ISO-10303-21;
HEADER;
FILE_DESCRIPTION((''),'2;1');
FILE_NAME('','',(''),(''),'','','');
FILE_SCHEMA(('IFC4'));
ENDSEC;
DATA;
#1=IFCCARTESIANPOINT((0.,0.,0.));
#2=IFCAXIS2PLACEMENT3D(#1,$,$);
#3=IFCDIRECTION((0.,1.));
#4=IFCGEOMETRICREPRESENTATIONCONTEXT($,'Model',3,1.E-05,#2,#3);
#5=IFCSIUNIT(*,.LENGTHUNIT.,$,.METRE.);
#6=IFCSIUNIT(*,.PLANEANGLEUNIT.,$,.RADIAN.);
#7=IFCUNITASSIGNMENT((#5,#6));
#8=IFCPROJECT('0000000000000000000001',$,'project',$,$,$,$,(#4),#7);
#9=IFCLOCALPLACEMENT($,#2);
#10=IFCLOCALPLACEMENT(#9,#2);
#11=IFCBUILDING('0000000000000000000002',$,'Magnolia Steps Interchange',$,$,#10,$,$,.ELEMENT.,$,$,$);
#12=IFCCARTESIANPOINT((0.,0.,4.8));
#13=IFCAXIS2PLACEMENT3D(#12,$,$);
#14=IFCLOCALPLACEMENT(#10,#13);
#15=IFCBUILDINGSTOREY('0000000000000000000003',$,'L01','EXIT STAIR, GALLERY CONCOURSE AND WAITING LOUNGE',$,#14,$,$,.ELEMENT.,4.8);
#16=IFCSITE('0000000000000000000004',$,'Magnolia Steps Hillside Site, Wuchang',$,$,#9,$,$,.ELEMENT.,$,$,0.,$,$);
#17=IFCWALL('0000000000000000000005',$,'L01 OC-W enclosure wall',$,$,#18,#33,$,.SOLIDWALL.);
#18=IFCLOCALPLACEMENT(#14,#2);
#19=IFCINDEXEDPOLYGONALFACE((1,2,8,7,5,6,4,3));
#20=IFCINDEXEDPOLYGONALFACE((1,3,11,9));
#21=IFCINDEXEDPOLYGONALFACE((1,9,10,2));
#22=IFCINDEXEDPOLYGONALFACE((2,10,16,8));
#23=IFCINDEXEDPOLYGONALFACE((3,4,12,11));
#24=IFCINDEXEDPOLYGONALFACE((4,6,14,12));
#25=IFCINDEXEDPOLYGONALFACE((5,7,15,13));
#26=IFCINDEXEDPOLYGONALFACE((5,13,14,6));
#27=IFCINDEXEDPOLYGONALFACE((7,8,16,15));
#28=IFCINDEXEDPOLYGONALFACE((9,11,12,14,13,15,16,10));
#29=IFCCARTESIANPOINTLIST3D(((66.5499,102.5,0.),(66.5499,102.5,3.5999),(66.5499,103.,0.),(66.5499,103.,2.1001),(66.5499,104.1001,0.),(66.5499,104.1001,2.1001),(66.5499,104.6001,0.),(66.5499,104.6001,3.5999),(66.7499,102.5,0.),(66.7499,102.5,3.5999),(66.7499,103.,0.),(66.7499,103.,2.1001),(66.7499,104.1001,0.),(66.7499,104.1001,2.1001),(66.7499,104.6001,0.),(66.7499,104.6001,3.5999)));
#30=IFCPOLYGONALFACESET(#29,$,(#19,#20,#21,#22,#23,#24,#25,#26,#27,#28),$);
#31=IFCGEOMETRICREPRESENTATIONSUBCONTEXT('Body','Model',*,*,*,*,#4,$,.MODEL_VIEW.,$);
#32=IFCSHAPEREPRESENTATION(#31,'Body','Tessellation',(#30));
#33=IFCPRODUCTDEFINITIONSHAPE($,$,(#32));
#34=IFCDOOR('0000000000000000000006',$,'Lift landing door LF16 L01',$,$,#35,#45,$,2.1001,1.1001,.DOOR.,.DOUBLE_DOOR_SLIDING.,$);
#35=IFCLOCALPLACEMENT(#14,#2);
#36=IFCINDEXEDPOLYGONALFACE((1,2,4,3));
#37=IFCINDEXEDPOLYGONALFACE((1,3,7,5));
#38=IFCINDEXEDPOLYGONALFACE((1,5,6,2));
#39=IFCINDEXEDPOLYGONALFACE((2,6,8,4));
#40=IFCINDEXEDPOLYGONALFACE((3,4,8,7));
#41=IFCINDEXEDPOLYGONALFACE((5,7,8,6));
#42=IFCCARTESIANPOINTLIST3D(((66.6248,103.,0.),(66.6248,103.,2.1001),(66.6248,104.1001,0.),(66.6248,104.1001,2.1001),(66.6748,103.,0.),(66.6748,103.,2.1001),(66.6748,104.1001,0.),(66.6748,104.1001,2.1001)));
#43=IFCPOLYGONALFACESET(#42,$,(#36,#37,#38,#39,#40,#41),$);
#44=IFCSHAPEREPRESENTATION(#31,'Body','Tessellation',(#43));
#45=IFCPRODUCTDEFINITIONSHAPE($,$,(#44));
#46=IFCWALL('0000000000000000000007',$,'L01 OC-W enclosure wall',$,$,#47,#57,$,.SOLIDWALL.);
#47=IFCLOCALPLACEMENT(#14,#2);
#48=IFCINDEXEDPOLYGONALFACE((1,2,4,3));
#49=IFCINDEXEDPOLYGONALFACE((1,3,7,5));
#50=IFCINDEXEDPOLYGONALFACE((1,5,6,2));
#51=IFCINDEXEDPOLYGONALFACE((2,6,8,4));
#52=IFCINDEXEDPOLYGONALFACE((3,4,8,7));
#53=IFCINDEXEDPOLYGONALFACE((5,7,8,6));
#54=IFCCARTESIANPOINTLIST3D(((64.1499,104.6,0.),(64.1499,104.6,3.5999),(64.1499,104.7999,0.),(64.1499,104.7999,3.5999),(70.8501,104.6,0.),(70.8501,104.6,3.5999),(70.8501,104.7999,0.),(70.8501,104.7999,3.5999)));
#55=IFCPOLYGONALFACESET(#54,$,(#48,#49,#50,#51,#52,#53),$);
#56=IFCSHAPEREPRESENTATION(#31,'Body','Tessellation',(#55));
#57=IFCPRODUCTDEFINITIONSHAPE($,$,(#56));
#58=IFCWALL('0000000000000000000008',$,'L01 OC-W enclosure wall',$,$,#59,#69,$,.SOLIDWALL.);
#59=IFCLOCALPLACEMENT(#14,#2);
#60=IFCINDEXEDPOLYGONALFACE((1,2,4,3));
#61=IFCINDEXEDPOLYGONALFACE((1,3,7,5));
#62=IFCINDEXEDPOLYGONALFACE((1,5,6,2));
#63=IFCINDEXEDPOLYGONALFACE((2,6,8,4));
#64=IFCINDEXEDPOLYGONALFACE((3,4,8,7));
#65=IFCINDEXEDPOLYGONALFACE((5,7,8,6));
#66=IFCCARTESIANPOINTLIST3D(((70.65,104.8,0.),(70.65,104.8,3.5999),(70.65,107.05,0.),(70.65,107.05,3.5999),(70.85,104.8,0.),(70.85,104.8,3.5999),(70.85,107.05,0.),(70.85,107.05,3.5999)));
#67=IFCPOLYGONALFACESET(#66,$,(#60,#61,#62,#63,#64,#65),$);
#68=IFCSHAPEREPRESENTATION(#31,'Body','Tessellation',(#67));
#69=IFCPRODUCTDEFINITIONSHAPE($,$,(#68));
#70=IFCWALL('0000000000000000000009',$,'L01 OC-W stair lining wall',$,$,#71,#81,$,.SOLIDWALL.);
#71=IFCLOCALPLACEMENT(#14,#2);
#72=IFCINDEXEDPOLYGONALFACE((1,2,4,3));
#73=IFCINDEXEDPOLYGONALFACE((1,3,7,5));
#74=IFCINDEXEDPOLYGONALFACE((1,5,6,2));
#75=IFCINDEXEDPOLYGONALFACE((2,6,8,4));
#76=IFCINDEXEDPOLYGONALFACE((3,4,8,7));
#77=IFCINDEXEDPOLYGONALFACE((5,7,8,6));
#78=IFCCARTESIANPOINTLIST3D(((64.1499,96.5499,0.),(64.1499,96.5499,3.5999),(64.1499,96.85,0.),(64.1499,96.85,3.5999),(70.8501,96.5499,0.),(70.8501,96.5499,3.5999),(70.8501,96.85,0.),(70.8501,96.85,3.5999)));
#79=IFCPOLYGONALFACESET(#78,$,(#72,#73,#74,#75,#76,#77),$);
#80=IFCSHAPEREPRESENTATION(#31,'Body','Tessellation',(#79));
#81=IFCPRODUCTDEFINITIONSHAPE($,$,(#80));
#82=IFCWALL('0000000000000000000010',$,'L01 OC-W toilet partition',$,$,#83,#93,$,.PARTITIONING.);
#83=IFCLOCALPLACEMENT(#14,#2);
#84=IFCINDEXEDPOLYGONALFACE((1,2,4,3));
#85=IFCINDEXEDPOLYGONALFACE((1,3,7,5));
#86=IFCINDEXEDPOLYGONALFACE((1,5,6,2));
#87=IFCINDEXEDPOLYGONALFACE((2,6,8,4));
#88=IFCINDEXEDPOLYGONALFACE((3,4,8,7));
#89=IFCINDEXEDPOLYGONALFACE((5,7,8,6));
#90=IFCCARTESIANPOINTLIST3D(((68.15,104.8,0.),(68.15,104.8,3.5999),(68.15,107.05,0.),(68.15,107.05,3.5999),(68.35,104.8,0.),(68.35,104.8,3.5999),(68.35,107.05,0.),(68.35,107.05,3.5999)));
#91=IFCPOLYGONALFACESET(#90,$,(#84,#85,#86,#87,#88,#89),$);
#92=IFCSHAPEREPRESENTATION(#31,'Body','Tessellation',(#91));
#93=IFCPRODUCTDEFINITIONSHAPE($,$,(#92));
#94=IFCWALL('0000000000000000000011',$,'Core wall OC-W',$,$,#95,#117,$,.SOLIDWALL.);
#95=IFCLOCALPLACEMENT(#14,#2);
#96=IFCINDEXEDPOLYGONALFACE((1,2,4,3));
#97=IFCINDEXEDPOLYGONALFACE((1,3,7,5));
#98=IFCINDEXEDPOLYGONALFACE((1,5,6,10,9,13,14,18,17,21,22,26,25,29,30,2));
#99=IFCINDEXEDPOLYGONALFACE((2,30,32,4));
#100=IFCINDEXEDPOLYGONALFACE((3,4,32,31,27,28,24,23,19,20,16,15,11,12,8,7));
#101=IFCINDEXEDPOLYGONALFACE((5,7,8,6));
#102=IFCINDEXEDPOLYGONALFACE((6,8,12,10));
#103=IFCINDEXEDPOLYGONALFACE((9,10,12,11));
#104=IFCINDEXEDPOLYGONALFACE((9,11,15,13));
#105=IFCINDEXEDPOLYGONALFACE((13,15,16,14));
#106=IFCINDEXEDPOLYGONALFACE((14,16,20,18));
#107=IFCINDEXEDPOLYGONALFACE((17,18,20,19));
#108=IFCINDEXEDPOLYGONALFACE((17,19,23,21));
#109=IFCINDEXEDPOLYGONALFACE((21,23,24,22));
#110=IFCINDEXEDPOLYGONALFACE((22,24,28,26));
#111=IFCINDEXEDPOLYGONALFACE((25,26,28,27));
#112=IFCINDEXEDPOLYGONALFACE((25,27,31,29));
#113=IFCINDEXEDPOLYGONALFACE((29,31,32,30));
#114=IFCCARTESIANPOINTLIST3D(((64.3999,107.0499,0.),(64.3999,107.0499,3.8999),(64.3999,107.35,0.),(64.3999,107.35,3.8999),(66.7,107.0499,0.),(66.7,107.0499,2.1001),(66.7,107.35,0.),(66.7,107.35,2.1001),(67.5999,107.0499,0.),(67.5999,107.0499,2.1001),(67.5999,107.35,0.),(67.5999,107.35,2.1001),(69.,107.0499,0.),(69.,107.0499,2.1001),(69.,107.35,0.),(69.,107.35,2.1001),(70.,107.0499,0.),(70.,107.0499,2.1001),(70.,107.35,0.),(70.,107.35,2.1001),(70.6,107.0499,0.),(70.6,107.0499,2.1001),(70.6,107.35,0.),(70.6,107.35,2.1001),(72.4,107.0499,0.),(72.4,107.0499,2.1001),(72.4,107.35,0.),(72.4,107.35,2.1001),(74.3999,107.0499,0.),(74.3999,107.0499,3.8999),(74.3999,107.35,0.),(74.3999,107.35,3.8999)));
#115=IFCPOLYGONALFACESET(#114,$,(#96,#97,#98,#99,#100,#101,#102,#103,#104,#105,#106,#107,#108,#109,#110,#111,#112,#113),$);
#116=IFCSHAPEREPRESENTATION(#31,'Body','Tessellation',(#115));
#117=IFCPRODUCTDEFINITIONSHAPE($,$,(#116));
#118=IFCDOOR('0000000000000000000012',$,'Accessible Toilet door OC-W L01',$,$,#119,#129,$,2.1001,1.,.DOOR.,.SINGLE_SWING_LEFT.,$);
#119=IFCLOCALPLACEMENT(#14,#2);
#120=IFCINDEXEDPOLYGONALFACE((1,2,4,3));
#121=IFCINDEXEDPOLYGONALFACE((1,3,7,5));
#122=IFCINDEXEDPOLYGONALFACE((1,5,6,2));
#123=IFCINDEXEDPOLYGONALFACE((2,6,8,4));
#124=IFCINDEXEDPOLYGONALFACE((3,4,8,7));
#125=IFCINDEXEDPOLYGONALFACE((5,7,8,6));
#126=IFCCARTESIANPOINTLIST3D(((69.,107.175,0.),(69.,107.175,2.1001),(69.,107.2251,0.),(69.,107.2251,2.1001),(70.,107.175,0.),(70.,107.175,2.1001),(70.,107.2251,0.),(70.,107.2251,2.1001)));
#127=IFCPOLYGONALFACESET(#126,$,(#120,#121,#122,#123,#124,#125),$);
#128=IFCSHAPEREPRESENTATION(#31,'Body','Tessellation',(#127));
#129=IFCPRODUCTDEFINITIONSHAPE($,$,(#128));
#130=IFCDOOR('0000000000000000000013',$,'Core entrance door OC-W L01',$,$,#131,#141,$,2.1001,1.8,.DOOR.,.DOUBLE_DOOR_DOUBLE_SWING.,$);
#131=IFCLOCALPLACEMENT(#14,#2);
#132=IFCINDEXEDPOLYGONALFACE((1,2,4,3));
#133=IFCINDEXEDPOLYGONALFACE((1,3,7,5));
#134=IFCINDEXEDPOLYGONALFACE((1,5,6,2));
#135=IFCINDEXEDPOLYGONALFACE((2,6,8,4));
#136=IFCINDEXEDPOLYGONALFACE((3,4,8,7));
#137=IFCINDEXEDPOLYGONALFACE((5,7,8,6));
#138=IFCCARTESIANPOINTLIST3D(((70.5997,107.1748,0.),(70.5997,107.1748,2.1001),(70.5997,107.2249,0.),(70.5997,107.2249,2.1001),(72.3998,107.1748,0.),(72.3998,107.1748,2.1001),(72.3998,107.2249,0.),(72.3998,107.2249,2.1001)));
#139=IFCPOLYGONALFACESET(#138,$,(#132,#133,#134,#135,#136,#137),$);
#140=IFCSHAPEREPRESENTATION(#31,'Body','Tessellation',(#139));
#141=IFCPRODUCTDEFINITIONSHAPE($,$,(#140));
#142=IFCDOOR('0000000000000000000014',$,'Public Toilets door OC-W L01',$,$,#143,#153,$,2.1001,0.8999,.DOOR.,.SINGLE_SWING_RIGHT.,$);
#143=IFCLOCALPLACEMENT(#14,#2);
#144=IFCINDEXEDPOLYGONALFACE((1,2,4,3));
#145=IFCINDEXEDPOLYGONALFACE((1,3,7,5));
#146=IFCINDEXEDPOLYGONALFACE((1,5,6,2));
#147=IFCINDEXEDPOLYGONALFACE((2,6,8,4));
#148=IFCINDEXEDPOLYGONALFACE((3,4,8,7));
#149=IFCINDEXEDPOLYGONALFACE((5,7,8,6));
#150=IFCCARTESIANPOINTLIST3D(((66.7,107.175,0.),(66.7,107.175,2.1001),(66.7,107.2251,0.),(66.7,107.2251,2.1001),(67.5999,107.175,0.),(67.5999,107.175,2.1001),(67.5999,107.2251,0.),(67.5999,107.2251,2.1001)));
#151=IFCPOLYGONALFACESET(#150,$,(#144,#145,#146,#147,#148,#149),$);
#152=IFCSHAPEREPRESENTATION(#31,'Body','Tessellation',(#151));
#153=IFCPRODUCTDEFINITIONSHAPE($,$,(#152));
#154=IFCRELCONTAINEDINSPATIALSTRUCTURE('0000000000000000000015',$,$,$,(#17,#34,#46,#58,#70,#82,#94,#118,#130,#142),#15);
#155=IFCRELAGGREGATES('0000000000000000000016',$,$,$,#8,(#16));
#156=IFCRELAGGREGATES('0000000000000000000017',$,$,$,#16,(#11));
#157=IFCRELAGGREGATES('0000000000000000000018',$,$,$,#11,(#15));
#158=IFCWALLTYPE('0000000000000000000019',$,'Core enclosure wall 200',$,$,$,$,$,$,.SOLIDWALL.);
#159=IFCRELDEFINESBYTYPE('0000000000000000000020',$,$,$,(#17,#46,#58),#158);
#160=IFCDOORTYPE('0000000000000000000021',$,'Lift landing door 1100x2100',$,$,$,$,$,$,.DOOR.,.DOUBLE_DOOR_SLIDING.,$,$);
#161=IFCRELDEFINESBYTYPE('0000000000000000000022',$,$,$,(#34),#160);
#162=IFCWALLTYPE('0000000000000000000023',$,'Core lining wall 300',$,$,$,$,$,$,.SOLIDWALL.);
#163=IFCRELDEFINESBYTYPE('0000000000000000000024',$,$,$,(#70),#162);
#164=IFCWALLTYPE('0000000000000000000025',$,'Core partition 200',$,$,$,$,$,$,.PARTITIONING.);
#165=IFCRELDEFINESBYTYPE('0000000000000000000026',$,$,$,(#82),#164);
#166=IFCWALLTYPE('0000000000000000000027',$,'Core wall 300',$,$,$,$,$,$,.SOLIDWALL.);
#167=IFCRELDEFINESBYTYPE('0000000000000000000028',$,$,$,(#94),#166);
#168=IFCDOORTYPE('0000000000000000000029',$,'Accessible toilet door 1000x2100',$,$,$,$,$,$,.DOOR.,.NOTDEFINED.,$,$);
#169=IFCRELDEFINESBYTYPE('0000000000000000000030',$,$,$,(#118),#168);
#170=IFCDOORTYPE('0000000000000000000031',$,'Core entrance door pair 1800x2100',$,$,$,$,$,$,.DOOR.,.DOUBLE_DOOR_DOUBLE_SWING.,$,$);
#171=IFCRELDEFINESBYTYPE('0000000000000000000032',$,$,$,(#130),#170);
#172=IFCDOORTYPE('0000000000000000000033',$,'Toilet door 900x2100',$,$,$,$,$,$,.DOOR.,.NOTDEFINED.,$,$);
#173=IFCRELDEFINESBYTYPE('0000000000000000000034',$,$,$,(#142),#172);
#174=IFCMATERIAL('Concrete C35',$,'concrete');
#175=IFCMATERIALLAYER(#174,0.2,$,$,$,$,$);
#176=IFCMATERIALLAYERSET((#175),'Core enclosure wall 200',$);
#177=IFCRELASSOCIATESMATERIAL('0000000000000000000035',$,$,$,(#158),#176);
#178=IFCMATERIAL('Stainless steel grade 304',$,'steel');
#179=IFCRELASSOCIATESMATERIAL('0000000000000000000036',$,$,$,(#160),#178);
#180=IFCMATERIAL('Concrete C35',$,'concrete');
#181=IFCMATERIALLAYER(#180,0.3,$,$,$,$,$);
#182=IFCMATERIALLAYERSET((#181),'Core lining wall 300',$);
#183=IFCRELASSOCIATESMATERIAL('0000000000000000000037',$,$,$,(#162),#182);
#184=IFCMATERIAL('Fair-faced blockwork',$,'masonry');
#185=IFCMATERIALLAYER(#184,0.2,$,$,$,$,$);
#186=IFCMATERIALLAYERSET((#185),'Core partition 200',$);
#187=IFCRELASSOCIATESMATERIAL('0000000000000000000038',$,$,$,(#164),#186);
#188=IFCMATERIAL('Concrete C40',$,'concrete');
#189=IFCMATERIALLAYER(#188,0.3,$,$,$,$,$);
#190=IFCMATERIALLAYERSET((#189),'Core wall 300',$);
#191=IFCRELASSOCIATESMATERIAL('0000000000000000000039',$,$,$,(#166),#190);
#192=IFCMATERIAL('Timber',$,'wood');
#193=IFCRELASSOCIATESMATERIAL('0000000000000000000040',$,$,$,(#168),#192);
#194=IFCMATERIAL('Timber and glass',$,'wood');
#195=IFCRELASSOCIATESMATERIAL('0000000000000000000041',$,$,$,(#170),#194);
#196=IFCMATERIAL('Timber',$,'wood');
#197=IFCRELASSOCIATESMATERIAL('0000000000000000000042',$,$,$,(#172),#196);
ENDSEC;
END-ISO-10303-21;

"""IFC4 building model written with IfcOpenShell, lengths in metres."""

from ifc_helpers import new_model, si_unit, direction, frame, frame_2d, origin, place, context, subcontext, project, spatial, rectangle, extrude, material, layer, layer_set, type_object, element, fill, save


model = new_model("IFC4")

# Units and contexts
model_context = context("Model", 3, precision=1e-05, world=origin(), true_north=direction((0.0, 1.0)))
body_context = subcontext(model_context, "Body", "Model", "MODEL_VIEW")
ifc_project = project(units=[si_unit("LENGTHUNIT", "METRE"), si_unit("PLANEANGLEUNIT", "RADIAN")], contexts=[model_context])

# Site, building, storey
site_placement = place(None, origin())
site = spatial("IfcSite", under=ifc_project, at=site_placement, Name="Magnolia Steps Hillside Site, Wuchang", CompositionType="ELEMENT", RefElevation=0.0)
building_placement = place(site_placement, origin())
building = spatial("IfcBuilding", under=site, at=building_placement, Name="Magnolia Steps Interchange", CompositionType="ELEMENT")
storey_placement = place(building_placement, frame((0.0, 0.0, 4.8)))
storey = spatial("IfcBuildingStorey", under=building, at=storey_placement, Name="L01", Description="EXIT STAIR, GALLERY CONCOURSE AND WAITING LOUNGE", CompositionType="ELEMENT", Elevation=4.8)

# Shared definitions
ifc_material_1 = material(Name="Concrete C35", Category="concrete")
ifc_layer_1 = layer(ifc_material_1, 0.2)
ifc_layer_set_1 = layer_set([ifc_layer_1], Name="Core enclosure wall 200")
wall_type_1 = type_object("IfcWallType", Name="Core enclosure wall 200", PredefinedType="SOLIDWALL", material=ifc_layer_set_1)

# Shared definitions
ifc_material_2 = material(Name="Stainless steel grade 304", Category="steel")
door_type_1 = type_object("IfcDoorType", Name="Lift landing door 1100x2100", OperationType="DOUBLE_DOOR_SLIDING", PredefinedType="DOOR", material=ifc_material_2)

# Wall, opening, door
wall_1_placement = place(storey_placement, frame((66.6499, 102.5, 0.0), z_axis=(0.0, 0.0, 1.0), x_axis=(0.0, 1.0, 0.0)))
wall_1 = element("IfcWall", 1, at=wall_1_placement, inside=storey, type_object=wall_type_1, Name="L01 OC-W enclosure wall", PredefinedType="SOLIDWALL", context=body_context, shape_type="SweptSolid", body=[
    extrude(rectangle(XDim=2.1001, YDim=0.2, at=frame_2d((1.05, 0.0))), origin(), (0.0, 0.0, 1.0), 3.5999),
])
opening_1_placement = place(wall_1_placement, frame((0.5, 0.0, 0.0)))
opening_1 = element("IfcOpeningElement", 2, at=opening_1_placement, cuts=wall_1, PredefinedType="OPENING", context=body_context, shape_type="SweptSolid", body=[
    extrude(rectangle(XDim=1.1001, YDim=2.1001, at=frame_2d((0.55, 1.05))), frame((0.0, 0.1099, 0.0), z_axis=(0.0, -1.0, 0.0), x_axis=(1.0, 0.0, 0.0)), (0.0, 0.0, 1.0), 0.22),
])
door_1_placement = place(opening_1_placement, frame((1.1001, 0.0, 0.0), z_axis=(0.0, 0.0, 1.0), x_axis=(-1.0, 0.0, 0.0)))
door_1 = element("IfcDoor", 3, at=door_1_placement, inside=storey, type_object=door_type_1, Name="Lift landing door LF16 L01", OperationType="DOUBLE_DOOR_SLIDING", OverallHeight=2.1001, OverallWidth=1.1001, PredefinedType="DOOR", context=body_context, shape_type="SweptSolid", body=[
    extrude(rectangle(XDim=1.1001, YDim=2.1001, at=frame_2d((0.55, 1.05))), frame((0.0, 0.0249, 0.0), z_axis=(0.0, -1.0, 0.0), x_axis=(1.0, 0.0, 0.0)), (0.0, 0.0, 1.0), 0.05),
])
fill(opening_1, door_1)

# Walls
wall_2_placement = place(storey_placement, frame((70.8501, 104.7, 0.0), z_axis=(0.0, 0.0, 1.0), x_axis=(-1.0, 0.0, 0.0)))
element("IfcWall", 4, at=wall_2_placement, inside=storey, type_object=wall_type_1, Name="L01 OC-W enclosure wall", PredefinedType="SOLIDWALL", context=body_context, shape_type="SweptSolid", body=[
    extrude(rectangle(XDim=6.7002, YDim=0.2, at=frame_2d((3.3501, 0.0))), origin(), (0.0, 0.0, 1.0), 3.5999),
])
wall_3_placement = place(storey_placement, frame((70.75, 104.8, 0.0), z_axis=(0.0, 0.0, 1.0), x_axis=(0.0, 1.0, 0.0)))
element("IfcWall", 5, at=wall_3_placement, inside=storey, type_object=wall_type_1, Name="L01 OC-W enclosure wall", PredefinedType="SOLIDWALL", context=body_context, shape_type="SweptSolid", body=[
    extrude(rectangle(XDim=2.25, YDim=0.2, at=frame_2d((1.125, 0.0))), origin(), (0.0, 0.0, 1.0), 3.5999),
])
ifc_material_3 = material(Name="Concrete C35", Category="concrete")
ifc_layer_2 = layer(ifc_material_3, 0.3)
ifc_layer_set_2 = layer_set([ifc_layer_2], Name="Core lining wall 300")
wall_type_2 = type_object("IfcWallType", Name="Core lining wall 300", PredefinedType="SOLIDWALL", material=ifc_layer_set_2)
wall_4_placement = place(storey_placement, frame((70.8501, 96.7, 0.0), z_axis=(0.0, 0.0, 1.0), x_axis=(-1.0, 0.0, 0.0)))
element("IfcWall", 6, at=wall_4_placement, inside=storey, type_object=wall_type_2, Name="L01 OC-W stair lining wall", PredefinedType="SOLIDWALL", context=body_context, shape_type="SweptSolid", body=[
    extrude(rectangle(XDim=6.7002, YDim=0.3, at=frame_2d((3.3501, 0.0))), origin(), (0.0, 0.0, 1.0), 3.5999),
])
ifc_material_4 = material(Name="Fair-faced blockwork", Category="masonry")
ifc_layer_3 = layer(ifc_material_4, 0.2)
ifc_layer_set_3 = layer_set([ifc_layer_3], Name="Core partition 200")
wall_type_3 = type_object("IfcWallType", Name="Core partition 200", PredefinedType="PARTITIONING", material=ifc_layer_set_3)
wall_5_placement = place(storey_placement, frame((68.25, 104.8, 0.0), z_axis=(0.0, 0.0, 1.0), x_axis=(0.0, 1.0, 0.0)))
element("IfcWall", 7, at=wall_5_placement, inside=storey, type_object=wall_type_3, Name="L01 OC-W toilet partition", PredefinedType="PARTITIONING", context=body_context, shape_type="SweptSolid", body=[
    extrude(rectangle(XDim=2.25, YDim=0.2, at=frame_2d((1.125, 0.0))), origin(), (0.0, 0.0, 1.0), 3.5999),
])

# Wall, openings, doors
ifc_material_5 = material(Name="Concrete C40", Category="concrete")
ifc_layer_4 = layer(ifc_material_5, 0.3)
ifc_layer_set_4 = layer_set([ifc_layer_4], Name="Core wall 300")
wall_type_4 = type_object("IfcWallType", Name="Core wall 300", PredefinedType="SOLIDWALL", material=ifc_layer_set_4)
wall_6_placement = place(storey_placement, frame((74.3999, 107.2, 0.0), z_axis=(0.0, 0.0, 1.0), x_axis=(-1.0, 0.0, 0.0)))
wall_6 = element("IfcWall", 8, at=wall_6_placement, inside=storey, type_object=wall_type_4, Name="Core wall OC-W", PredefinedType="SOLIDWALL", context=body_context, shape_type="SweptSolid", body=[
    extrude(rectangle(XDim=10.0, YDim=0.3, at=frame_2d((5.0, 0.0))), origin(), (0.0, 0.0, 1.0), 3.8999),
])
opening_2_placement = place(wall_6_placement, frame((2.0, 0.0, 0.0)))
opening_2 = element("IfcOpeningElement", 9, at=opening_2_placement, cuts=wall_6, PredefinedType="OPENING", context=body_context, shape_type="SweptSolid", body=[
    extrude(rectangle(XDim=1.8, YDim=2.1001, at=frame_2d((0.8999, 1.05))), frame((0.0, 0.1599, 0.0), z_axis=(0.0, -1.0, 0.0), x_axis=(1.0, 0.0, 0.0)), (0.0, 0.0, 1.0), 0.3201),
])
opening_3_placement = place(wall_6_placement, frame((4.3999, 0.0, 0.0)))
opening_3 = element("IfcOpeningElement", 10, at=opening_3_placement, cuts=wall_6, PredefinedType="OPENING", context=body_context, shape_type="SweptSolid", body=[
    extrude(rectangle(XDim=1.0, YDim=2.1001, at=frame_2d((0.5, 1.05))), frame((0.0, 0.1599, 0.0), z_axis=(0.0, -1.0, 0.0), x_axis=(1.0, 0.0, 0.0)), (0.0, 0.0, 1.0), 0.3201),
])
opening_4_placement = place(wall_6_placement, frame((6.8, 0.0, 0.0)))
opening_4 = element("IfcOpeningElement", 11, at=opening_4_placement, cuts=wall_6, PredefinedType="OPENING", context=body_context, shape_type="SweptSolid", body=[
    extrude(rectangle(XDim=0.8999, YDim=2.1001, at=frame_2d((0.45, 1.05))), frame((0.0, 0.1599, 0.0), z_axis=(0.0, -1.0, 0.0), x_axis=(1.0, 0.0, 0.0)), (0.0, 0.0, 1.0), 0.3201),
])
ifc_material_6 = material(Name="Timber", Category="wood")
door_type_2 = type_object("IfcDoorType", Name="Accessible toilet door 1000x2100", OperationType="NOTDEFINED", PredefinedType="DOOR", material=ifc_material_6)
door_2_placement = place(opening_3_placement, origin())
door_2 = element("IfcDoor", 12, at=door_2_placement, inside=storey, type_object=door_type_2, Name="Accessible Toilet door OC-W L01", OperationType="SINGLE_SWING_LEFT", OverallHeight=2.1001, OverallWidth=1.0, PredefinedType="DOOR", context=body_context, shape_type="SweptSolid", body=[
    extrude(rectangle(XDim=1.0, YDim=2.1001, at=frame_2d((0.5, 1.05))), frame((0.0, 0.0249, 0.0), z_axis=(0.0, -1.0, 0.0), x_axis=(1.0, 0.0, 0.0)), (0.0, 0.0, 1.0), 0.05),
])
fill(opening_3, door_2)
ifc_material_7 = material(Name="Timber and glass", Category="wood")
door_type_3 = type_object("IfcDoorType", Name="Core entrance door pair 1800x2100", OperationType="DOUBLE_DOOR_DOUBLE_SWING", PredefinedType="DOOR", material=ifc_material_7)
door_3_placement = place(opening_2_placement, frame((1.8, 0.0, 0.0), z_axis=(0.0, 0.0, 1.0), x_axis=(-1.0, 0.0, 0.0)))
door_3 = element("IfcDoor", 13, at=door_3_placement, inside=storey, type_object=door_type_3, Name="Core entrance door OC-W L01", OperationType="DOUBLE_DOOR_DOUBLE_SWING", OverallHeight=2.1001, OverallWidth=1.8, PredefinedType="DOOR", context=body_context, shape_type="SweptSolid", body=[
    extrude(rectangle(XDim=1.8, YDim=2.1001, at=frame_2d((0.8999, 1.05))), frame((0.0, 0.0249, 0.0), z_axis=(0.0, -1.0, 0.0), x_axis=(1.0, 0.0, 0.0)), (0.0, 0.0, 1.0), 0.05),
])
fill(opening_2, door_3)
ifc_material_8 = material(Name="Timber", Category="wood")
door_type_4 = type_object("IfcDoorType", Name="Toilet door 900x2100", OperationType="NOTDEFINED", PredefinedType="DOOR", material=ifc_material_8)
door_4_placement = place(opening_4_placement, origin())
door_4 = element("IfcDoor", 14, at=door_4_placement, inside=storey, type_object=door_type_4, Name="Public Toilets door OC-W L01", OperationType="SINGLE_SWING_RIGHT", OverallHeight=2.1001, OverallWidth=0.8999, PredefinedType="DOOR", context=body_context, shape_type="SweptSolid", body=[
    extrude(rectangle(XDim=0.8999, YDim=2.1001, at=frame_2d((0.45, 1.05))), frame((0.0, 0.0249, 0.0), z_axis=(0.0, -1.0, 0.0), x_axis=(1.0, 0.0, 0.0)), (0.0, 0.0, 1.0), 0.05),
])
fill(opening_4, door_4)

save(model, "model.ifc")
